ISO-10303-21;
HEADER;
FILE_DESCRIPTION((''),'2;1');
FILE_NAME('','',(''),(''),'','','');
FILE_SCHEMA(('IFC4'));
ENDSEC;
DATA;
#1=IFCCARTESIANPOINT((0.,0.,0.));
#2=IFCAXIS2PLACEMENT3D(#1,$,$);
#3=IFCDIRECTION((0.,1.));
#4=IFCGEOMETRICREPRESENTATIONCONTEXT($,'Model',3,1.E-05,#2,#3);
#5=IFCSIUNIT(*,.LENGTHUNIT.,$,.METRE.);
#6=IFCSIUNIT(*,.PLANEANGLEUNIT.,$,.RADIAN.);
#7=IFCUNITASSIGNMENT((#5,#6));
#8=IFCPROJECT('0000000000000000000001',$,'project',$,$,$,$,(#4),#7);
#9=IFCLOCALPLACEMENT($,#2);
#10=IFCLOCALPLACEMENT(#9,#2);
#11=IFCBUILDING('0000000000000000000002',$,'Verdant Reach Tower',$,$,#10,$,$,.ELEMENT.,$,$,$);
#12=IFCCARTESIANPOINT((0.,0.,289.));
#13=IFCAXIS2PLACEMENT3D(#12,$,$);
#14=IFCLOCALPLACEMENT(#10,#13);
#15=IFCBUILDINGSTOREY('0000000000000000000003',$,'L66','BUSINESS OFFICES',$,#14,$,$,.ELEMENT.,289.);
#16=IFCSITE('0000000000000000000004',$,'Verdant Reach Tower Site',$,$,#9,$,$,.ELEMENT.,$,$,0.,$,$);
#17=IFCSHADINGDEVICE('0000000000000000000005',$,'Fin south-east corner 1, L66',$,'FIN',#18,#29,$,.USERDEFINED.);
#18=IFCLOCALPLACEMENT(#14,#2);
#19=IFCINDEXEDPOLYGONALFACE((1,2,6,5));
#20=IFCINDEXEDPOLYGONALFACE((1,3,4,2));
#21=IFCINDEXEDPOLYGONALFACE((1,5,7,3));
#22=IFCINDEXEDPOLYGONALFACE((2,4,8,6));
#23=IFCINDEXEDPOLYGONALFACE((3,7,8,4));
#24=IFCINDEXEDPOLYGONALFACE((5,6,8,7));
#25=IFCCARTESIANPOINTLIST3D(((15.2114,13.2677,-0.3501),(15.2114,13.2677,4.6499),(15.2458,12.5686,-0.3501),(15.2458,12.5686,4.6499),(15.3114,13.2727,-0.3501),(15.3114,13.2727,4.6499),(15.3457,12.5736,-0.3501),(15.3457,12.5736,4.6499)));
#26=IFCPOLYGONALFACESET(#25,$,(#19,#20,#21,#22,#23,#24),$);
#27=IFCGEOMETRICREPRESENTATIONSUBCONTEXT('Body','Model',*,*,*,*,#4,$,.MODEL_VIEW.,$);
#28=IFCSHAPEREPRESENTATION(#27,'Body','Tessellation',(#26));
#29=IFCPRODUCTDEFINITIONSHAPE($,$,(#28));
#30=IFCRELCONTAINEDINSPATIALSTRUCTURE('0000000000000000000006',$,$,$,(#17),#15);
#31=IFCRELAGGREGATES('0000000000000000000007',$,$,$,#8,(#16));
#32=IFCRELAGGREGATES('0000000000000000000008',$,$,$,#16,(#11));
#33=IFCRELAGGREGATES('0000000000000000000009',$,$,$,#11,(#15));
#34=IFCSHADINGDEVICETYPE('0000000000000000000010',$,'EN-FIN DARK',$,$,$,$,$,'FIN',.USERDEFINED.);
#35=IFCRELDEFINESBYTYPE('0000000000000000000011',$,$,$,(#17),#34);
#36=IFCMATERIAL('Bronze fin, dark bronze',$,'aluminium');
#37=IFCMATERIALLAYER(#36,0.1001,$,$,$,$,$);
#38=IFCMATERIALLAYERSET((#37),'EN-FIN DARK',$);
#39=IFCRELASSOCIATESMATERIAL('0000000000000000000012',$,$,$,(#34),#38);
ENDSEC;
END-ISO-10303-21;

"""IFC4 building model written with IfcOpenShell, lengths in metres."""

from ifc_helpers import new_model, si_unit, direction, frame, origin, origin_2d, place, context, subcontext, project, spatial, rectangle, extrude, material, layer, layer_set, type_object, element, save


model = new_model("IFC4")

# Units and contexts
model_context = context("Model", 3, precision=1e-05, world=origin(), true_north=direction((0.0, 1.0)))
body_context = subcontext(model_context, "Body", "Model", "MODEL_VIEW")
ifc_project = project(units=[si_unit("LENGTHUNIT", "METRE"), si_unit("PLANEANGLEUNIT", "RADIAN")], contexts=[model_context])

# Site, building, storey
site_placement = place(None, origin())
site = spatial("IfcSite", under=ifc_project, at=site_placement, Name="Verdant Reach Tower Site", CompositionType="ELEMENT", RefElevation=0.0)
building_placement = place(site_placement, origin())
building = spatial("IfcBuilding", under=site, at=building_placement, Name="Verdant Reach Tower", CompositionType="ELEMENT")
storey_placement = place(building_placement, frame((0.0, 0.0, 289.0)))
storey = spatial("IfcBuildingStorey", under=building, at=storey_placement, Name="L66", Description="BUSINESS OFFICES", CompositionType="ELEMENT", Elevation=289.0)

# Shading device
ifc_material_1 = material(Name="Bronze fin, dark bronze", Category="aluminium")
ifc_layer_1 = layer(ifc_material_1, 0.1001)
ifc_layer_set_1 = layer_set([ifc_layer_1], Name="EN-FIN DARK")
shading_device_type_1 = type_object("IfcShadingDeviceType", Name="EN-FIN DARK", ElementType="FIN", PredefinedType="USERDEFINED", material=ifc_layer_set_1)
shading_device_placement = place(storey_placement, frame((15.2786, 12.9207, -0.3501), z_axis=(0.0, 0.0, 1.0), x_axis=(0.998793, 0.049128, 0.0)))
element("IfcShadingDevice", 1, at=shading_device_placement, inside=storey, type_object=shading_device_type_1, Name="Fin south-east corner 1, L66", ObjectType="FIN", PredefinedType="USERDEFINED", context=body_context, shape_type="SweptSolid", body=[
    extrude(rectangle(XDim=0.1001, YDim=0.7, at=origin_2d()), origin(), (0.0, 0.0, 1.0), 5.0),
])

save(model, "model.ifc")
